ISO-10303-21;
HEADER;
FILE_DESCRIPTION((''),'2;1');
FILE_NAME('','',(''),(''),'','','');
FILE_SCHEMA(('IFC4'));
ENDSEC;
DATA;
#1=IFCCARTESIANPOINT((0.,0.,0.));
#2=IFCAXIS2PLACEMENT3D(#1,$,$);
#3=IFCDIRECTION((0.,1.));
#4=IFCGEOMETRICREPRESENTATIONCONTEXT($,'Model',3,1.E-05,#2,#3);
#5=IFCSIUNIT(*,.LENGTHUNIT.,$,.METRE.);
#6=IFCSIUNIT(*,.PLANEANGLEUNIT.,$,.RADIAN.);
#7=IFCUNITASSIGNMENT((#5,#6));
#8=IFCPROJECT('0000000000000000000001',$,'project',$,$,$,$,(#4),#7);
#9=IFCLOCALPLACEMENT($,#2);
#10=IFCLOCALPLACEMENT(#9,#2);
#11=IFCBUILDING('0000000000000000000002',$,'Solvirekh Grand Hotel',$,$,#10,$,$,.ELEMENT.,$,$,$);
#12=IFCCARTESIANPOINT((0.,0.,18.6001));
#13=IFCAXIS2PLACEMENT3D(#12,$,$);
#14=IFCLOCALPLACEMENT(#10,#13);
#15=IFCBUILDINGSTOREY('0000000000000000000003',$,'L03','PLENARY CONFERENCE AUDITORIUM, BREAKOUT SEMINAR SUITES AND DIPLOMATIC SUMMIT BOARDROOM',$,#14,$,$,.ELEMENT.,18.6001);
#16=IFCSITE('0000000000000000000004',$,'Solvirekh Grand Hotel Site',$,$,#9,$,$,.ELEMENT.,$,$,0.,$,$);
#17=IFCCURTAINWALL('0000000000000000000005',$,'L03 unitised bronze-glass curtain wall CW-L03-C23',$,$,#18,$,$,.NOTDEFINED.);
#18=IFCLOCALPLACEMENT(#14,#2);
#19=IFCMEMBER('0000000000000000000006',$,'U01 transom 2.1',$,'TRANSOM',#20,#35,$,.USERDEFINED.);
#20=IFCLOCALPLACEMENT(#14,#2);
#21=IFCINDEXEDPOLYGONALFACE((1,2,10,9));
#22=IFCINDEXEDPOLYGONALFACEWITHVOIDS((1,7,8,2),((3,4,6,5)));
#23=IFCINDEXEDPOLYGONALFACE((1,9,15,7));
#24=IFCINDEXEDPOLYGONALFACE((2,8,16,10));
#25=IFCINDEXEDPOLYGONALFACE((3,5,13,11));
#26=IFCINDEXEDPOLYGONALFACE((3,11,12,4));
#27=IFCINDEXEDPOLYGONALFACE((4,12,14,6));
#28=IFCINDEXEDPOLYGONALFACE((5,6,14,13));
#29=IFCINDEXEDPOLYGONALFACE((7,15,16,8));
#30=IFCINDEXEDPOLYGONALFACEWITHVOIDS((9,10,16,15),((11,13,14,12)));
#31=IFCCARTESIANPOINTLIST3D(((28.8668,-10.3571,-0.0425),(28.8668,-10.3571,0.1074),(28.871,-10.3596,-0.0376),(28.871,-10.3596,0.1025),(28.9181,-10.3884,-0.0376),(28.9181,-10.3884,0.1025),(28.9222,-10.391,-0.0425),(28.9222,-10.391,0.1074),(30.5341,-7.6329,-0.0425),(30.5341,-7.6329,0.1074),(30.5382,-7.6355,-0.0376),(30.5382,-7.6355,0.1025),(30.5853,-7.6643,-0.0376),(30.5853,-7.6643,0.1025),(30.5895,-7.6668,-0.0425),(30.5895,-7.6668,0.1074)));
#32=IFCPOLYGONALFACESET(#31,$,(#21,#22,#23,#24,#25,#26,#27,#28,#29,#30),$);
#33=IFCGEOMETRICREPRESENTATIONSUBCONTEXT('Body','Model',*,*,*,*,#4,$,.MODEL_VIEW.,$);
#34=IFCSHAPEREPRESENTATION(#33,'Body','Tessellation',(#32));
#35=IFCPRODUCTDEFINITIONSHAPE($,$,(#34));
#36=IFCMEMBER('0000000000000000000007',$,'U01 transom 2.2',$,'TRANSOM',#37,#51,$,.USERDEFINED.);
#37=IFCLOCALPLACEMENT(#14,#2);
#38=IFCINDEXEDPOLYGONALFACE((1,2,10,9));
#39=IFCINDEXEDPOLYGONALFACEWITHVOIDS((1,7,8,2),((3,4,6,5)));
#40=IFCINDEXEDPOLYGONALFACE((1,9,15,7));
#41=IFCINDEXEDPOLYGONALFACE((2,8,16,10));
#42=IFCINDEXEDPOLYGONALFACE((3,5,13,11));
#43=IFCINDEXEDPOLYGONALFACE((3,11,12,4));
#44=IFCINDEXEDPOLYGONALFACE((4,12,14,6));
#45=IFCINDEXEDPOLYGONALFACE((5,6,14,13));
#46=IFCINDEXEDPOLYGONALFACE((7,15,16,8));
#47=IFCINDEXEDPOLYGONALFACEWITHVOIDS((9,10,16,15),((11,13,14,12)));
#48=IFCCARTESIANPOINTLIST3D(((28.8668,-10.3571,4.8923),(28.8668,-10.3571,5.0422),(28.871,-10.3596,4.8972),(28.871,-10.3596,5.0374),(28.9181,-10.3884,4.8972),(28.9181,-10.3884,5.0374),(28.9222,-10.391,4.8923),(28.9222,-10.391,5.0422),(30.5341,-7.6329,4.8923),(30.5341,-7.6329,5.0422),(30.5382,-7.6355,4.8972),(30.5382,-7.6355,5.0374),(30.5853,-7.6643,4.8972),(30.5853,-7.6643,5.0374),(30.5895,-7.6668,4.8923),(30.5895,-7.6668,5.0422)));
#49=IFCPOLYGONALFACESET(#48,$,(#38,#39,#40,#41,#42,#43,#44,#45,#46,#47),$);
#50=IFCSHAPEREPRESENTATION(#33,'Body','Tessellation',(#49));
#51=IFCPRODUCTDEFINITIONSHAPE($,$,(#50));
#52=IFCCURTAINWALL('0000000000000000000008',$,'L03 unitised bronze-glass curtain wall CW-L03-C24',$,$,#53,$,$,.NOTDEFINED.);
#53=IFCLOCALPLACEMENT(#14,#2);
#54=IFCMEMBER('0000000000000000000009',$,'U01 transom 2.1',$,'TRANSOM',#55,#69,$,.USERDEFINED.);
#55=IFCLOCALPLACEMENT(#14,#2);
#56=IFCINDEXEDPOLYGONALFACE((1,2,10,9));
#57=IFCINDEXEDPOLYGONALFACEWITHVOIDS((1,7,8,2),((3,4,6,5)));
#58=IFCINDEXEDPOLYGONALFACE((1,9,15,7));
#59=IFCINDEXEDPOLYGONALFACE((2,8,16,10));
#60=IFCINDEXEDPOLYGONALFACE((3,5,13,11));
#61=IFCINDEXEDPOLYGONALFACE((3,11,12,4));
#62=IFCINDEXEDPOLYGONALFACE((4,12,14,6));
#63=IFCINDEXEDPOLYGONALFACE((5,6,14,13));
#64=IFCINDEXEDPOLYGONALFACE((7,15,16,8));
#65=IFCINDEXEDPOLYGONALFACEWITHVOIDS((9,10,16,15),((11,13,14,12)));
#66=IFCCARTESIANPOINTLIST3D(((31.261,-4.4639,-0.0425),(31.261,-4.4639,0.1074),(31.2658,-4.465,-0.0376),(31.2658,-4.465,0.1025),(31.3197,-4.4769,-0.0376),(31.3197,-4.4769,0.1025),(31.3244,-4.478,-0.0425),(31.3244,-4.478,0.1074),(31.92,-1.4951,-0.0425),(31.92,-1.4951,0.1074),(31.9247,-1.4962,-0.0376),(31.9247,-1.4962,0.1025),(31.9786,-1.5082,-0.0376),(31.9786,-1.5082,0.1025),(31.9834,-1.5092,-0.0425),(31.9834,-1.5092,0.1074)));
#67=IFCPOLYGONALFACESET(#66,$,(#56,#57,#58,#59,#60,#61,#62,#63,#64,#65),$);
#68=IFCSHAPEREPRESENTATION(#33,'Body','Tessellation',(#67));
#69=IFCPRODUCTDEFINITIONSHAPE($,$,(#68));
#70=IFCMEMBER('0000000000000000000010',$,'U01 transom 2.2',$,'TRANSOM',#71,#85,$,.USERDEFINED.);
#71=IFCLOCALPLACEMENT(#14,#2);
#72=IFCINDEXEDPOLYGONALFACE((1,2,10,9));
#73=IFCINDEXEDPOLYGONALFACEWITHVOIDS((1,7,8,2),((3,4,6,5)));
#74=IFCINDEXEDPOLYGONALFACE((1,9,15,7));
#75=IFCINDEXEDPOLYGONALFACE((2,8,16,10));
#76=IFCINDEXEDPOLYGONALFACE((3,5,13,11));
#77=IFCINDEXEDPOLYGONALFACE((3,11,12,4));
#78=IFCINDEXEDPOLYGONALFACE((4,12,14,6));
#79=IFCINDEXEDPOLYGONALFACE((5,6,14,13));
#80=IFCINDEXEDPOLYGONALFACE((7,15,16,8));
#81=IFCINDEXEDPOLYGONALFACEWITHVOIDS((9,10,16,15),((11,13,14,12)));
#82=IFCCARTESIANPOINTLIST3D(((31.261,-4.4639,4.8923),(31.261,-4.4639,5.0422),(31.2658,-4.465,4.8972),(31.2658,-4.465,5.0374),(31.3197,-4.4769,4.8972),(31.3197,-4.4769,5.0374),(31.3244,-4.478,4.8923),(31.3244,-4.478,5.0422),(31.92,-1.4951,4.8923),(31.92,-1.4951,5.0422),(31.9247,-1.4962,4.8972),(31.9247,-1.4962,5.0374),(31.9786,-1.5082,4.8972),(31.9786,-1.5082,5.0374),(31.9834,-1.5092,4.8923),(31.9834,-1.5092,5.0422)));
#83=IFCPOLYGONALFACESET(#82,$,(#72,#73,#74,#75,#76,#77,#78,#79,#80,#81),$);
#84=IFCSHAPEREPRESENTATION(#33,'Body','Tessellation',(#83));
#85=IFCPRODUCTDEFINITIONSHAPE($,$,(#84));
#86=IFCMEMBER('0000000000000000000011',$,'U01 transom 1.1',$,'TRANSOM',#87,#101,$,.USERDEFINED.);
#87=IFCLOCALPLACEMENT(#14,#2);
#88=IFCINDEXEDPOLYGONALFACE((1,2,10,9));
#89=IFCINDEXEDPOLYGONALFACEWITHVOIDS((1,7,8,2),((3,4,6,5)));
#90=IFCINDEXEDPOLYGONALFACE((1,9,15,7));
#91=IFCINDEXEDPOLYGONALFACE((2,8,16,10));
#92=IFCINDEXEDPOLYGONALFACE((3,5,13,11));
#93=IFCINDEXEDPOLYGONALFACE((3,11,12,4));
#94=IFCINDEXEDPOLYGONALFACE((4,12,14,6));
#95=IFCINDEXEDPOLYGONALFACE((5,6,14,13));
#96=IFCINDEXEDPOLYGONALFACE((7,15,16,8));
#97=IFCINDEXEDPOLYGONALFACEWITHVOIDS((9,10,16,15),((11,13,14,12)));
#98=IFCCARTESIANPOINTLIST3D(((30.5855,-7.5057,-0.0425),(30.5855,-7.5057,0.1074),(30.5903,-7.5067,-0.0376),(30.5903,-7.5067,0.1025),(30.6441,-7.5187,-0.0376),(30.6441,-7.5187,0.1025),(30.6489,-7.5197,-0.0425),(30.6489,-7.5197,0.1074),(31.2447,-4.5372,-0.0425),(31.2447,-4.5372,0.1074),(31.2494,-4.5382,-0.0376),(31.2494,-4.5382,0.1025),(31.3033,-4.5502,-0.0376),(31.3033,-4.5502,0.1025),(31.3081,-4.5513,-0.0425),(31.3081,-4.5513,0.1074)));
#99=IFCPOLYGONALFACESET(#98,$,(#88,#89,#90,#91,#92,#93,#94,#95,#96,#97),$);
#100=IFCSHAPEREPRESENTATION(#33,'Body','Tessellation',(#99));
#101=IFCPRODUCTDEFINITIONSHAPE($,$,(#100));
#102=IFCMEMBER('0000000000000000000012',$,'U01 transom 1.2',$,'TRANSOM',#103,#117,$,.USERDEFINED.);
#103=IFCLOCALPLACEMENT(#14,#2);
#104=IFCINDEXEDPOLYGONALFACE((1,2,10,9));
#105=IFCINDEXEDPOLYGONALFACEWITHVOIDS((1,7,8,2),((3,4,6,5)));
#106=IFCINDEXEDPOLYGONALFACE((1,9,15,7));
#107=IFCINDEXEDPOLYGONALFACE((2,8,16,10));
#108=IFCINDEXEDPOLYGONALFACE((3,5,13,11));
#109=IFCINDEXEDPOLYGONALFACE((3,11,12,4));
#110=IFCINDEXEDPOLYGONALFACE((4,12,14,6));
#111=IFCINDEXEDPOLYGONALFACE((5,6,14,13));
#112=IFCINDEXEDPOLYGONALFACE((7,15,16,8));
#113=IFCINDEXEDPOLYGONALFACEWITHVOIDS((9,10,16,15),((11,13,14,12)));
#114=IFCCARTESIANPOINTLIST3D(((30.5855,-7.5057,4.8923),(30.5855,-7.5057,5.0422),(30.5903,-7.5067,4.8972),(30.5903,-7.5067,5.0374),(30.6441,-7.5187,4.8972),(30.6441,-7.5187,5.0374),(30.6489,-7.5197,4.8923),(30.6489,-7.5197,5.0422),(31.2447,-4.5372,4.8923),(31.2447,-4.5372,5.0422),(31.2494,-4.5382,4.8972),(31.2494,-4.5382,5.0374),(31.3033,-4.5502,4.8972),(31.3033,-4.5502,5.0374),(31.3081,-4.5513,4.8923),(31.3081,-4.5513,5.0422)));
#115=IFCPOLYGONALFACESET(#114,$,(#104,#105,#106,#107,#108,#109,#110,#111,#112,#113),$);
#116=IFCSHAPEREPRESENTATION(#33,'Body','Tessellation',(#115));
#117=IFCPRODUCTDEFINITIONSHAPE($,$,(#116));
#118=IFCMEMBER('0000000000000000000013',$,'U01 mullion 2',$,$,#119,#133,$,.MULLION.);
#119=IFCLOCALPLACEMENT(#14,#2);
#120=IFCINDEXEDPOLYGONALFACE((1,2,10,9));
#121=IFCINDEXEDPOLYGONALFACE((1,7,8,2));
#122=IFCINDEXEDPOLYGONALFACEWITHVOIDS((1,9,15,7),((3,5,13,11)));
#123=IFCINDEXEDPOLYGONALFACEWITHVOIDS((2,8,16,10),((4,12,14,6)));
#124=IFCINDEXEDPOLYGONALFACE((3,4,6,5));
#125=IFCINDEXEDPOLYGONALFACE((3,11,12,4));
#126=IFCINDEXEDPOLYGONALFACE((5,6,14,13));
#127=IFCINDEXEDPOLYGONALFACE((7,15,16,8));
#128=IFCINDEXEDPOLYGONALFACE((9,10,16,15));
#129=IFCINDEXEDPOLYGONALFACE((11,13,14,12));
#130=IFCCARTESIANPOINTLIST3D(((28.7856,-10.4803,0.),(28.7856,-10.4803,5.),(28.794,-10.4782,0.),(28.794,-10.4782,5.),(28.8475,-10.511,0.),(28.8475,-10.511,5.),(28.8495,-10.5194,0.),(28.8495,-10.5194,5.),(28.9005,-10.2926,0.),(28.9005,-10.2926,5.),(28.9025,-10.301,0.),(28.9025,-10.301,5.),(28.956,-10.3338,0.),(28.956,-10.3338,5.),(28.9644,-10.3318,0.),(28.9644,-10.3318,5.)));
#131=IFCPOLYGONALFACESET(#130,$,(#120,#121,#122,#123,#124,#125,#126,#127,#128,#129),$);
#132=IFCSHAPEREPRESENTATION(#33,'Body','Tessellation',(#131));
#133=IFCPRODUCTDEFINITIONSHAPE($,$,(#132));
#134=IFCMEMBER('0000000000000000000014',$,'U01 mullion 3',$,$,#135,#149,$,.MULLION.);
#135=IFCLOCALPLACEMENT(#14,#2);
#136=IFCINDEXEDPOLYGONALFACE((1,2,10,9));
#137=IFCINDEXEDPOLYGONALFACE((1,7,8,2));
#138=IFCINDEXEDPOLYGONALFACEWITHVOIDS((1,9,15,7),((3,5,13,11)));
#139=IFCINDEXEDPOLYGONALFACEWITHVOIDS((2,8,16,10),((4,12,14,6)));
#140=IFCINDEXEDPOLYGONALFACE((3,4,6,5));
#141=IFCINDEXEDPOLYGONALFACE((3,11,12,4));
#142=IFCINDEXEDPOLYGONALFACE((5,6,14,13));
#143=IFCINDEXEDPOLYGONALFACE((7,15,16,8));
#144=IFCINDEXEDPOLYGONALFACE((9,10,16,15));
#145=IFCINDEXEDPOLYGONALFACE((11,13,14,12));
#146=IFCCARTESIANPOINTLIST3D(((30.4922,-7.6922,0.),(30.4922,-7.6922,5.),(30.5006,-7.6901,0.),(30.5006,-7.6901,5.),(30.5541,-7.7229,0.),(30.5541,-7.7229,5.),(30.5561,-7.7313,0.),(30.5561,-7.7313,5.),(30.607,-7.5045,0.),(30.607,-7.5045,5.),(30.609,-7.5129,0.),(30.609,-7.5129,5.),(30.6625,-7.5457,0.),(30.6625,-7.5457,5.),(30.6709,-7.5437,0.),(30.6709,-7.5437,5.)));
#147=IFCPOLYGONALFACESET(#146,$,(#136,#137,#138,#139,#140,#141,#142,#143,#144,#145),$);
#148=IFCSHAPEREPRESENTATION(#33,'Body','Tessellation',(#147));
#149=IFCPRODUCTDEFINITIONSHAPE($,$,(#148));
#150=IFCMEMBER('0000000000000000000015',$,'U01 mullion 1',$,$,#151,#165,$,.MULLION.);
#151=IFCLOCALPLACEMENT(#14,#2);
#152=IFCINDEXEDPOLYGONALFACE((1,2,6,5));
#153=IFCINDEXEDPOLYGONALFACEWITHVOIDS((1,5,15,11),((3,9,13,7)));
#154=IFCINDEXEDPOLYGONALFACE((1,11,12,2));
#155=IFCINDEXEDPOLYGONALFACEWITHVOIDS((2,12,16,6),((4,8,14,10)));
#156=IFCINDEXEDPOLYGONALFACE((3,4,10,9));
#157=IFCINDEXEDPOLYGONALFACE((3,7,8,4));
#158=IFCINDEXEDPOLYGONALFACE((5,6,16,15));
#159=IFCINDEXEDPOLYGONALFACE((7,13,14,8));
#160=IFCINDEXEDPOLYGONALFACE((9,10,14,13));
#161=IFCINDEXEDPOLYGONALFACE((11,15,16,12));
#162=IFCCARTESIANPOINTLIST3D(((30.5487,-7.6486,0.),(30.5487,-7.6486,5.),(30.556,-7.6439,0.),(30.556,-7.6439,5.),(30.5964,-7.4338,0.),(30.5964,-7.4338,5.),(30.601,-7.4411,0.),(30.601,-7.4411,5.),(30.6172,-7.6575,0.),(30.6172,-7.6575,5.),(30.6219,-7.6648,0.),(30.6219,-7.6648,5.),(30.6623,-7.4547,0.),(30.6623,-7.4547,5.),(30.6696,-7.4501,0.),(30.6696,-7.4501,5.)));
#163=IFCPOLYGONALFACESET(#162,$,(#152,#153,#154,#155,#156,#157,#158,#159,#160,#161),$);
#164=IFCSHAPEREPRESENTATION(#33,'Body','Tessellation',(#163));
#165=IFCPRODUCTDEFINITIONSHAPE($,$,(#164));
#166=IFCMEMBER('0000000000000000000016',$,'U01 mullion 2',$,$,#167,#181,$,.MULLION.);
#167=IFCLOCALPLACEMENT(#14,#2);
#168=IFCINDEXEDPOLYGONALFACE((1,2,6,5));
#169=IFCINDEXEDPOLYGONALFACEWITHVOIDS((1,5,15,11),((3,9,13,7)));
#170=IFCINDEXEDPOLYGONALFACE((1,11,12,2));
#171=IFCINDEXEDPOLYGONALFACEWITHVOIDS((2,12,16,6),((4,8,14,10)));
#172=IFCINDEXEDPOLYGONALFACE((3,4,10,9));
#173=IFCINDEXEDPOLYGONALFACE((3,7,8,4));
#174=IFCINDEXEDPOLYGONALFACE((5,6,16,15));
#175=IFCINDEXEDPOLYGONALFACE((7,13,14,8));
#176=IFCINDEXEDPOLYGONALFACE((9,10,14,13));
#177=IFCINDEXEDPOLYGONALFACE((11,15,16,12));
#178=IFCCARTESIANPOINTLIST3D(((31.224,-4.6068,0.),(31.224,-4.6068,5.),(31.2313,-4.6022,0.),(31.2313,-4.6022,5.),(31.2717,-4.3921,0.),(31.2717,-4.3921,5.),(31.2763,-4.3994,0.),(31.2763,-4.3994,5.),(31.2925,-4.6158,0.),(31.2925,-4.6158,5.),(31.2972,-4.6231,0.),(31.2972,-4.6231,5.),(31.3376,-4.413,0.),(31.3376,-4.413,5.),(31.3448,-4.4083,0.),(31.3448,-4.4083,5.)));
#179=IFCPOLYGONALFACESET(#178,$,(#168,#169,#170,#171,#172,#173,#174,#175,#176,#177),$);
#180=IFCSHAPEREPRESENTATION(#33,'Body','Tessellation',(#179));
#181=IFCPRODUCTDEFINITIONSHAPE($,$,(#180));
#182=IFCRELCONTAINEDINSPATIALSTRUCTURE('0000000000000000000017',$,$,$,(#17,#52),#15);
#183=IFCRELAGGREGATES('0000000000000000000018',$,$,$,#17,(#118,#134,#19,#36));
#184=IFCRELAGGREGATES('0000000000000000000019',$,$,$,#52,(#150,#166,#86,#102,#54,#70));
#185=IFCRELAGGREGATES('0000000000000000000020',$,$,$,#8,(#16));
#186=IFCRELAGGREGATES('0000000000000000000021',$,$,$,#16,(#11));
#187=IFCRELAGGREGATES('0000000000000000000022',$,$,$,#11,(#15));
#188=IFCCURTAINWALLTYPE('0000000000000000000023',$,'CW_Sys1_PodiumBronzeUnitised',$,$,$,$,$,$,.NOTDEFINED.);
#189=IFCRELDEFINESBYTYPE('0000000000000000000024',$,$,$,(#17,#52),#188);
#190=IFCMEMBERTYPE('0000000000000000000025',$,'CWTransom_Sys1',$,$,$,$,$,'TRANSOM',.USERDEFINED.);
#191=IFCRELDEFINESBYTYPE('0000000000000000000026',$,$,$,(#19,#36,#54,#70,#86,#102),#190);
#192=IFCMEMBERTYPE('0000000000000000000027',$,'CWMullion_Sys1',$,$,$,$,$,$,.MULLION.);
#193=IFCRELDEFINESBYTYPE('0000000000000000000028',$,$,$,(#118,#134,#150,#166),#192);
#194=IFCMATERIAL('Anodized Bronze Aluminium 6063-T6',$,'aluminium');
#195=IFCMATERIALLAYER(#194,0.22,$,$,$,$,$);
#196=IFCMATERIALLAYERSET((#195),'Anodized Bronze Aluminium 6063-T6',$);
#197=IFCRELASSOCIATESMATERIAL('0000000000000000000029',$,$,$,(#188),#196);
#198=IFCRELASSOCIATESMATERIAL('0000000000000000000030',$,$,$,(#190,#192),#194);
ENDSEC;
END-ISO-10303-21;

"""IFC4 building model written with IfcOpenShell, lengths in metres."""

from ifc_helpers import new_model, si_unit, direction, frame, origin, origin_2d, place, context, subcontext, project, spatial, hollow_rectangle, extrude, source, transform, mapped, material, layer, layer_set, material_profile, profile_set, type_object, element, aggregate, save


model = new_model("IFC4")

# Units and contexts
model_context = context("Model", 3, precision=1e-05, world=origin(), true_north=direction((0.0, 1.0)))
body_context = subcontext(model_context, "Body", "Model", "MODEL_VIEW")
ifc_project = project(units=[si_unit("LENGTHUNIT", "METRE"), si_unit("PLANEANGLEUNIT", "RADIAN")], contexts=[model_context])

# Site, building, storey
site_placement = place(None, origin())
site = spatial("IfcSite", under=ifc_project, at=site_placement, Name="Solvirekh Grand Hotel Site", CompositionType="ELEMENT", RefElevation=0.0)
building_placement = place(site_placement, origin())
building = spatial("IfcBuilding", under=site, at=building_placement, Name="Solvirekh Grand Hotel", CompositionType="ELEMENT")
storey_placement = place(building_placement, frame((0.0, 0.0, 18.6001)))
storey = spatial("IfcBuildingStorey", under=building, at=storey_placement, Name="L03", Description="PLENARY CONFERENCE AUDITORIUM, BREAKOUT SEMINAR SUITES AND DIPLOMATIC SUMMIT BOARDROOM", CompositionType="ELEMENT", Elevation=18.6001)

# Curtain walls, members
ifc_material_1 = material(Name="Anodized Bronze Aluminium 6063-T6", Category="aluminium")
ifc_layer_1 = layer(ifc_material_1, 0.22)
ifc_layer_set_1 = layer_set([ifc_layer_1], Name="Anodized Bronze Aluminium 6063-T6")
curtain_wall_type = type_object("IfcCurtainWallType", Name="CW_Sys1_PodiumBronzeUnitised", PredefinedType="NOTDEFINED", material=ifc_layer_set_1)
curtain_wall_1_placement = place(storey_placement, origin())
curtain_wall_1 = element("IfcCurtainWall", 1, at=curtain_wall_1_placement, inside=storey, type_object=curtain_wall_type, Name="L03 unitised bronze-glass curtain wall CW-L03-C23", PredefinedType="NOTDEFINED")
ifc_material_profile_1 = material_profile(ifc_material_1, hollow_rectangle(XDim=0.0649, YDim=0.1499, WallThickness=0.0049, at=origin_2d()), Name="ALU RHS 150X65X5")
ifc_profile_set_1 = profile_set([ifc_material_profile_1], Name="Anodized Bronze Aluminium 6063-T6")
member_type_1 = type_object("IfcMemberType", Name="CWTransom_Sys1", ElementType="TRANSOM", PredefinedType="USERDEFINED", material=ifc_profile_set_1)
shared_shape_1 = source(origin(), body_context, "Body", "SweptSolid", [
    extrude(hollow_rectangle(XDim=0.0649, YDim=0.1499, WallThickness=0.0049, at=origin_2d()), origin(), (0.0, 0.0, 1.0), 3.1938),
])
member_1_placement = place(storey_placement, frame((28.8945, -10.374, 0.0325), z_axis=(0.522019, 0.852934, 0.0), x_axis=(-0.852934, 0.522019, 0.0)))
member_1 = element("IfcMember", 2, at=member_1_placement, type_object=member_type_1, Name="U01 transom 2.1", ObjectType="TRANSOM", PredefinedType="USERDEFINED", context=body_context, shape_type="MappedRepresentation", body=[
    mapped(shared_shape_1, transform((0.0, 0.0, 0.0), x_axis=(1.0, 0.0, 0.0), y_axis=(0.0, 1.0, 0.0), z_axis=(0.0, 0.0, 1.0), scale=1.0)),
])
member_2_placement = place(storey_placement, frame((28.8945, -10.374, 4.9673), z_axis=(0.522019, 0.852934, 0.0), x_axis=(-0.852934, 0.522019, 0.0)))
member_2 = element("IfcMember", 3, at=member_2_placement, type_object=member_type_1, Name="U01 transom 2.2", ObjectType="TRANSOM", PredefinedType="USERDEFINED", context=body_context, shape_type="MappedRepresentation", body=[
    mapped(shared_shape_1, transform((0.0, 0.0, 0.0), x_axis=(1.0, 0.0, 0.0), y_axis=(0.0, 1.0, 0.0), z_axis=(0.0, 0.0, 1.0), scale=1.0)),
])
curtain_wall_2_placement = place(storey_placement, origin())
curtain_wall_2 = element("IfcCurtainWall", 4, at=curtain_wall_2_placement, inside=storey, type_object=curtain_wall_type, Name="L03 unitised bronze-glass curtain wall CW-L03-C24", PredefinedType="NOTDEFINED")
shared_shape_2 = source(origin(), body_context, "Body", "SweptSolid", [
    extrude(hollow_rectangle(XDim=0.0649, YDim=0.1499, WallThickness=0.0049, at=origin_2d()), origin(), (0.0, 0.0, 1.0), 3.041),
])
member_3_placement = place(storey_placement, frame((31.2927, -4.4709, 0.0325), z_axis=(0.216684, 0.976242, 0.0), x_axis=(-0.976242, 0.216684, 0.0)))
member_3 = element("IfcMember", 5, at=member_3_placement, type_object=member_type_1, Name="U01 transom 2.1", ObjectType="TRANSOM", PredefinedType="USERDEFINED", context=body_context, shape_type="MappedRepresentation", body=[
    mapped(shared_shape_2, transform((0.0, 0.0, 0.0), x_axis=(1.0, 0.0, 0.0), y_axis=(0.0, 1.0, 0.0), z_axis=(0.0, 0.0, 1.0), scale=1.0)),
])
member_4_placement = place(storey_placement, frame((31.2927, -4.4709, 4.9673), z_axis=(0.216684, 0.976242, 0.0), x_axis=(-0.976242, 0.216684, 0.0)))
member_4 = element("IfcMember", 6, at=member_4_placement, type_object=member_type_1, Name="U01 transom 2.2", ObjectType="TRANSOM", PredefinedType="USERDEFINED", context=body_context, shape_type="MappedRepresentation", body=[
    mapped(shared_shape_2, transform((0.0, 0.0, 0.0), x_axis=(1.0, 0.0, 0.0), y_axis=(0.0, 1.0, 0.0), z_axis=(0.0, 0.0, 1.0), scale=1.0)),
])
shared_shape_3 = source(origin(), body_context, "Body", "SweptSolid", [
    extrude(hollow_rectangle(XDim=0.0649, YDim=0.1499, WallThickness=0.0049, at=origin_2d()), origin(), (0.0, 0.0, 1.0), 3.0408),
])
member_5_placement = place(storey_placement, frame((30.6172, -7.5127, 0.0325), z_axis=(0.216777, 0.976221, 0.0), x_axis=(-0.976221, 0.216777, 0.0)))
member_5 = element("IfcMember", 7, at=member_5_placement, type_object=member_type_1, Name="U01 transom 1.1", ObjectType="TRANSOM", PredefinedType="USERDEFINED", context=body_context, shape_type="MappedRepresentation", body=[
    mapped(shared_shape_3, transform((0.0, 0.0, 0.0), x_axis=(1.0, 0.0, 0.0), y_axis=(0.0, 1.0, 0.0), z_axis=(0.0, 0.0, 1.0), scale=1.0)),
])
member_6_placement = place(storey_placement, frame((30.6172, -7.5127, 4.9673), z_axis=(0.216777, 0.976221, 0.0), x_axis=(-0.976221, 0.216777, 0.0)))
member_6 = element("IfcMember", 8, at=member_6_placement, type_object=member_type_1, Name="U01 transom 1.2", ObjectType="TRANSOM", PredefinedType="USERDEFINED", context=body_context, shape_type="MappedRepresentation", body=[
    mapped(shared_shape_3, transform((0.0, 0.0, 0.0), x_axis=(1.0, 0.0, 0.0), y_axis=(0.0, 1.0, 0.0), z_axis=(0.0, 0.0, 1.0), scale=1.0)),
])

# Members
ifc_material_profile_2 = material_profile(ifc_material_1, hollow_rectangle(XDim=0.075, YDim=0.22, WallThickness=0.0061, at=origin_2d()), Name="ALU RHS 220X75X6")
ifc_profile_set_2 = profile_set([ifc_material_profile_2], Name="Anodized Bronze Aluminium 6063-T6")
member_type_2 = type_object("IfcMemberType", Name="CWMullion_Sys1", PredefinedType="MULLION", material=ifc_profile_set_2)
shared_shape_4 = source(origin(), body_context, "Body", "SweptSolid", [
    extrude(hollow_rectangle(XDim=0.075, YDim=0.22, WallThickness=0.0061, at=origin_2d()), origin(), (0.0, 0.0, 1.0), 5.0),
])
member_7_placement = place(storey_placement, frame((28.875, -10.406, 0.0), z_axis=(0.0, 0.0, 1.0), x_axis=(-0.852923, 0.522037, 0.0)))
member_7 = element("IfcMember", 9, at=member_7_placement, type_object=member_type_2, Name="U01 mullion 2", PredefinedType="MULLION", context=body_context, shape_type="MappedRepresentation", body=[
    mapped(shared_shape_4, transform((0.0, 0.0, 0.0), x_axis=(1.0, 0.0, 0.0), y_axis=(0.0, 1.0, 0.0), z_axis=(0.0, 0.0, 1.0), scale=1.0)),
])
member_8_placement = place(storey_placement, frame((30.5815, -7.6179, 0.0), z_axis=(0.0, 0.0, 1.0), x_axis=(-0.852923, 0.522037, 0.0)))
member_8 = element("IfcMember", 10, at=member_8_placement, type_object=member_type_2, Name="U01 mullion 3", PredefinedType="MULLION", context=body_context, shape_type="MappedRepresentation", body=[
    mapped(shared_shape_4, transform((0.0, 0.0, 0.0), x_axis=(1.0, 0.0, 0.0), y_axis=(0.0, 1.0, 0.0), z_axis=(0.0, 0.0, 1.0), scale=1.0)),
])
member_9_placement = place(storey_placement, frame((30.6091, -7.5493, 0.0), z_axis=(0.0, 0.0, 1.0), x_axis=(-0.976228, 0.216746, 0.0)))
member_9 = element("IfcMember", 11, at=member_9_placement, type_object=member_type_2, Name="U01 mullion 1", PredefinedType="MULLION", context=body_context, shape_type="MappedRepresentation", body=[
    mapped(shared_shape_4, transform((0.0, 0.0, 0.0), x_axis=(1.0, 0.0, 0.0), y_axis=(0.0, 1.0, 0.0), z_axis=(0.0, 0.0, 1.0), scale=1.0)),
])
member_10_placement = place(storey_placement, frame((31.2844, -4.5076, 0.0), z_axis=(0.0, 0.0, 1.0), x_axis=(-0.976228, 0.216746, 0.0)))
member_10 = element("IfcMember", 12, at=member_10_placement, type_object=member_type_2, Name="U01 mullion 2", PredefinedType="MULLION", context=body_context, shape_type="MappedRepresentation", body=[
    mapped(shared_shape_4, transform((0.0, 0.0, 0.0), x_axis=(1.0, 0.0, 0.0), y_axis=(0.0, 1.0, 0.0), z_axis=(0.0, 0.0, 1.0), scale=1.0)),
])

aggregate(curtain_wall_1, [member_7, member_8, member_1, member_2])
aggregate(curtain_wall_2, [member_9, member_10, member_5, member_6, member_3, member_4])

save(model, "model.ifc")
